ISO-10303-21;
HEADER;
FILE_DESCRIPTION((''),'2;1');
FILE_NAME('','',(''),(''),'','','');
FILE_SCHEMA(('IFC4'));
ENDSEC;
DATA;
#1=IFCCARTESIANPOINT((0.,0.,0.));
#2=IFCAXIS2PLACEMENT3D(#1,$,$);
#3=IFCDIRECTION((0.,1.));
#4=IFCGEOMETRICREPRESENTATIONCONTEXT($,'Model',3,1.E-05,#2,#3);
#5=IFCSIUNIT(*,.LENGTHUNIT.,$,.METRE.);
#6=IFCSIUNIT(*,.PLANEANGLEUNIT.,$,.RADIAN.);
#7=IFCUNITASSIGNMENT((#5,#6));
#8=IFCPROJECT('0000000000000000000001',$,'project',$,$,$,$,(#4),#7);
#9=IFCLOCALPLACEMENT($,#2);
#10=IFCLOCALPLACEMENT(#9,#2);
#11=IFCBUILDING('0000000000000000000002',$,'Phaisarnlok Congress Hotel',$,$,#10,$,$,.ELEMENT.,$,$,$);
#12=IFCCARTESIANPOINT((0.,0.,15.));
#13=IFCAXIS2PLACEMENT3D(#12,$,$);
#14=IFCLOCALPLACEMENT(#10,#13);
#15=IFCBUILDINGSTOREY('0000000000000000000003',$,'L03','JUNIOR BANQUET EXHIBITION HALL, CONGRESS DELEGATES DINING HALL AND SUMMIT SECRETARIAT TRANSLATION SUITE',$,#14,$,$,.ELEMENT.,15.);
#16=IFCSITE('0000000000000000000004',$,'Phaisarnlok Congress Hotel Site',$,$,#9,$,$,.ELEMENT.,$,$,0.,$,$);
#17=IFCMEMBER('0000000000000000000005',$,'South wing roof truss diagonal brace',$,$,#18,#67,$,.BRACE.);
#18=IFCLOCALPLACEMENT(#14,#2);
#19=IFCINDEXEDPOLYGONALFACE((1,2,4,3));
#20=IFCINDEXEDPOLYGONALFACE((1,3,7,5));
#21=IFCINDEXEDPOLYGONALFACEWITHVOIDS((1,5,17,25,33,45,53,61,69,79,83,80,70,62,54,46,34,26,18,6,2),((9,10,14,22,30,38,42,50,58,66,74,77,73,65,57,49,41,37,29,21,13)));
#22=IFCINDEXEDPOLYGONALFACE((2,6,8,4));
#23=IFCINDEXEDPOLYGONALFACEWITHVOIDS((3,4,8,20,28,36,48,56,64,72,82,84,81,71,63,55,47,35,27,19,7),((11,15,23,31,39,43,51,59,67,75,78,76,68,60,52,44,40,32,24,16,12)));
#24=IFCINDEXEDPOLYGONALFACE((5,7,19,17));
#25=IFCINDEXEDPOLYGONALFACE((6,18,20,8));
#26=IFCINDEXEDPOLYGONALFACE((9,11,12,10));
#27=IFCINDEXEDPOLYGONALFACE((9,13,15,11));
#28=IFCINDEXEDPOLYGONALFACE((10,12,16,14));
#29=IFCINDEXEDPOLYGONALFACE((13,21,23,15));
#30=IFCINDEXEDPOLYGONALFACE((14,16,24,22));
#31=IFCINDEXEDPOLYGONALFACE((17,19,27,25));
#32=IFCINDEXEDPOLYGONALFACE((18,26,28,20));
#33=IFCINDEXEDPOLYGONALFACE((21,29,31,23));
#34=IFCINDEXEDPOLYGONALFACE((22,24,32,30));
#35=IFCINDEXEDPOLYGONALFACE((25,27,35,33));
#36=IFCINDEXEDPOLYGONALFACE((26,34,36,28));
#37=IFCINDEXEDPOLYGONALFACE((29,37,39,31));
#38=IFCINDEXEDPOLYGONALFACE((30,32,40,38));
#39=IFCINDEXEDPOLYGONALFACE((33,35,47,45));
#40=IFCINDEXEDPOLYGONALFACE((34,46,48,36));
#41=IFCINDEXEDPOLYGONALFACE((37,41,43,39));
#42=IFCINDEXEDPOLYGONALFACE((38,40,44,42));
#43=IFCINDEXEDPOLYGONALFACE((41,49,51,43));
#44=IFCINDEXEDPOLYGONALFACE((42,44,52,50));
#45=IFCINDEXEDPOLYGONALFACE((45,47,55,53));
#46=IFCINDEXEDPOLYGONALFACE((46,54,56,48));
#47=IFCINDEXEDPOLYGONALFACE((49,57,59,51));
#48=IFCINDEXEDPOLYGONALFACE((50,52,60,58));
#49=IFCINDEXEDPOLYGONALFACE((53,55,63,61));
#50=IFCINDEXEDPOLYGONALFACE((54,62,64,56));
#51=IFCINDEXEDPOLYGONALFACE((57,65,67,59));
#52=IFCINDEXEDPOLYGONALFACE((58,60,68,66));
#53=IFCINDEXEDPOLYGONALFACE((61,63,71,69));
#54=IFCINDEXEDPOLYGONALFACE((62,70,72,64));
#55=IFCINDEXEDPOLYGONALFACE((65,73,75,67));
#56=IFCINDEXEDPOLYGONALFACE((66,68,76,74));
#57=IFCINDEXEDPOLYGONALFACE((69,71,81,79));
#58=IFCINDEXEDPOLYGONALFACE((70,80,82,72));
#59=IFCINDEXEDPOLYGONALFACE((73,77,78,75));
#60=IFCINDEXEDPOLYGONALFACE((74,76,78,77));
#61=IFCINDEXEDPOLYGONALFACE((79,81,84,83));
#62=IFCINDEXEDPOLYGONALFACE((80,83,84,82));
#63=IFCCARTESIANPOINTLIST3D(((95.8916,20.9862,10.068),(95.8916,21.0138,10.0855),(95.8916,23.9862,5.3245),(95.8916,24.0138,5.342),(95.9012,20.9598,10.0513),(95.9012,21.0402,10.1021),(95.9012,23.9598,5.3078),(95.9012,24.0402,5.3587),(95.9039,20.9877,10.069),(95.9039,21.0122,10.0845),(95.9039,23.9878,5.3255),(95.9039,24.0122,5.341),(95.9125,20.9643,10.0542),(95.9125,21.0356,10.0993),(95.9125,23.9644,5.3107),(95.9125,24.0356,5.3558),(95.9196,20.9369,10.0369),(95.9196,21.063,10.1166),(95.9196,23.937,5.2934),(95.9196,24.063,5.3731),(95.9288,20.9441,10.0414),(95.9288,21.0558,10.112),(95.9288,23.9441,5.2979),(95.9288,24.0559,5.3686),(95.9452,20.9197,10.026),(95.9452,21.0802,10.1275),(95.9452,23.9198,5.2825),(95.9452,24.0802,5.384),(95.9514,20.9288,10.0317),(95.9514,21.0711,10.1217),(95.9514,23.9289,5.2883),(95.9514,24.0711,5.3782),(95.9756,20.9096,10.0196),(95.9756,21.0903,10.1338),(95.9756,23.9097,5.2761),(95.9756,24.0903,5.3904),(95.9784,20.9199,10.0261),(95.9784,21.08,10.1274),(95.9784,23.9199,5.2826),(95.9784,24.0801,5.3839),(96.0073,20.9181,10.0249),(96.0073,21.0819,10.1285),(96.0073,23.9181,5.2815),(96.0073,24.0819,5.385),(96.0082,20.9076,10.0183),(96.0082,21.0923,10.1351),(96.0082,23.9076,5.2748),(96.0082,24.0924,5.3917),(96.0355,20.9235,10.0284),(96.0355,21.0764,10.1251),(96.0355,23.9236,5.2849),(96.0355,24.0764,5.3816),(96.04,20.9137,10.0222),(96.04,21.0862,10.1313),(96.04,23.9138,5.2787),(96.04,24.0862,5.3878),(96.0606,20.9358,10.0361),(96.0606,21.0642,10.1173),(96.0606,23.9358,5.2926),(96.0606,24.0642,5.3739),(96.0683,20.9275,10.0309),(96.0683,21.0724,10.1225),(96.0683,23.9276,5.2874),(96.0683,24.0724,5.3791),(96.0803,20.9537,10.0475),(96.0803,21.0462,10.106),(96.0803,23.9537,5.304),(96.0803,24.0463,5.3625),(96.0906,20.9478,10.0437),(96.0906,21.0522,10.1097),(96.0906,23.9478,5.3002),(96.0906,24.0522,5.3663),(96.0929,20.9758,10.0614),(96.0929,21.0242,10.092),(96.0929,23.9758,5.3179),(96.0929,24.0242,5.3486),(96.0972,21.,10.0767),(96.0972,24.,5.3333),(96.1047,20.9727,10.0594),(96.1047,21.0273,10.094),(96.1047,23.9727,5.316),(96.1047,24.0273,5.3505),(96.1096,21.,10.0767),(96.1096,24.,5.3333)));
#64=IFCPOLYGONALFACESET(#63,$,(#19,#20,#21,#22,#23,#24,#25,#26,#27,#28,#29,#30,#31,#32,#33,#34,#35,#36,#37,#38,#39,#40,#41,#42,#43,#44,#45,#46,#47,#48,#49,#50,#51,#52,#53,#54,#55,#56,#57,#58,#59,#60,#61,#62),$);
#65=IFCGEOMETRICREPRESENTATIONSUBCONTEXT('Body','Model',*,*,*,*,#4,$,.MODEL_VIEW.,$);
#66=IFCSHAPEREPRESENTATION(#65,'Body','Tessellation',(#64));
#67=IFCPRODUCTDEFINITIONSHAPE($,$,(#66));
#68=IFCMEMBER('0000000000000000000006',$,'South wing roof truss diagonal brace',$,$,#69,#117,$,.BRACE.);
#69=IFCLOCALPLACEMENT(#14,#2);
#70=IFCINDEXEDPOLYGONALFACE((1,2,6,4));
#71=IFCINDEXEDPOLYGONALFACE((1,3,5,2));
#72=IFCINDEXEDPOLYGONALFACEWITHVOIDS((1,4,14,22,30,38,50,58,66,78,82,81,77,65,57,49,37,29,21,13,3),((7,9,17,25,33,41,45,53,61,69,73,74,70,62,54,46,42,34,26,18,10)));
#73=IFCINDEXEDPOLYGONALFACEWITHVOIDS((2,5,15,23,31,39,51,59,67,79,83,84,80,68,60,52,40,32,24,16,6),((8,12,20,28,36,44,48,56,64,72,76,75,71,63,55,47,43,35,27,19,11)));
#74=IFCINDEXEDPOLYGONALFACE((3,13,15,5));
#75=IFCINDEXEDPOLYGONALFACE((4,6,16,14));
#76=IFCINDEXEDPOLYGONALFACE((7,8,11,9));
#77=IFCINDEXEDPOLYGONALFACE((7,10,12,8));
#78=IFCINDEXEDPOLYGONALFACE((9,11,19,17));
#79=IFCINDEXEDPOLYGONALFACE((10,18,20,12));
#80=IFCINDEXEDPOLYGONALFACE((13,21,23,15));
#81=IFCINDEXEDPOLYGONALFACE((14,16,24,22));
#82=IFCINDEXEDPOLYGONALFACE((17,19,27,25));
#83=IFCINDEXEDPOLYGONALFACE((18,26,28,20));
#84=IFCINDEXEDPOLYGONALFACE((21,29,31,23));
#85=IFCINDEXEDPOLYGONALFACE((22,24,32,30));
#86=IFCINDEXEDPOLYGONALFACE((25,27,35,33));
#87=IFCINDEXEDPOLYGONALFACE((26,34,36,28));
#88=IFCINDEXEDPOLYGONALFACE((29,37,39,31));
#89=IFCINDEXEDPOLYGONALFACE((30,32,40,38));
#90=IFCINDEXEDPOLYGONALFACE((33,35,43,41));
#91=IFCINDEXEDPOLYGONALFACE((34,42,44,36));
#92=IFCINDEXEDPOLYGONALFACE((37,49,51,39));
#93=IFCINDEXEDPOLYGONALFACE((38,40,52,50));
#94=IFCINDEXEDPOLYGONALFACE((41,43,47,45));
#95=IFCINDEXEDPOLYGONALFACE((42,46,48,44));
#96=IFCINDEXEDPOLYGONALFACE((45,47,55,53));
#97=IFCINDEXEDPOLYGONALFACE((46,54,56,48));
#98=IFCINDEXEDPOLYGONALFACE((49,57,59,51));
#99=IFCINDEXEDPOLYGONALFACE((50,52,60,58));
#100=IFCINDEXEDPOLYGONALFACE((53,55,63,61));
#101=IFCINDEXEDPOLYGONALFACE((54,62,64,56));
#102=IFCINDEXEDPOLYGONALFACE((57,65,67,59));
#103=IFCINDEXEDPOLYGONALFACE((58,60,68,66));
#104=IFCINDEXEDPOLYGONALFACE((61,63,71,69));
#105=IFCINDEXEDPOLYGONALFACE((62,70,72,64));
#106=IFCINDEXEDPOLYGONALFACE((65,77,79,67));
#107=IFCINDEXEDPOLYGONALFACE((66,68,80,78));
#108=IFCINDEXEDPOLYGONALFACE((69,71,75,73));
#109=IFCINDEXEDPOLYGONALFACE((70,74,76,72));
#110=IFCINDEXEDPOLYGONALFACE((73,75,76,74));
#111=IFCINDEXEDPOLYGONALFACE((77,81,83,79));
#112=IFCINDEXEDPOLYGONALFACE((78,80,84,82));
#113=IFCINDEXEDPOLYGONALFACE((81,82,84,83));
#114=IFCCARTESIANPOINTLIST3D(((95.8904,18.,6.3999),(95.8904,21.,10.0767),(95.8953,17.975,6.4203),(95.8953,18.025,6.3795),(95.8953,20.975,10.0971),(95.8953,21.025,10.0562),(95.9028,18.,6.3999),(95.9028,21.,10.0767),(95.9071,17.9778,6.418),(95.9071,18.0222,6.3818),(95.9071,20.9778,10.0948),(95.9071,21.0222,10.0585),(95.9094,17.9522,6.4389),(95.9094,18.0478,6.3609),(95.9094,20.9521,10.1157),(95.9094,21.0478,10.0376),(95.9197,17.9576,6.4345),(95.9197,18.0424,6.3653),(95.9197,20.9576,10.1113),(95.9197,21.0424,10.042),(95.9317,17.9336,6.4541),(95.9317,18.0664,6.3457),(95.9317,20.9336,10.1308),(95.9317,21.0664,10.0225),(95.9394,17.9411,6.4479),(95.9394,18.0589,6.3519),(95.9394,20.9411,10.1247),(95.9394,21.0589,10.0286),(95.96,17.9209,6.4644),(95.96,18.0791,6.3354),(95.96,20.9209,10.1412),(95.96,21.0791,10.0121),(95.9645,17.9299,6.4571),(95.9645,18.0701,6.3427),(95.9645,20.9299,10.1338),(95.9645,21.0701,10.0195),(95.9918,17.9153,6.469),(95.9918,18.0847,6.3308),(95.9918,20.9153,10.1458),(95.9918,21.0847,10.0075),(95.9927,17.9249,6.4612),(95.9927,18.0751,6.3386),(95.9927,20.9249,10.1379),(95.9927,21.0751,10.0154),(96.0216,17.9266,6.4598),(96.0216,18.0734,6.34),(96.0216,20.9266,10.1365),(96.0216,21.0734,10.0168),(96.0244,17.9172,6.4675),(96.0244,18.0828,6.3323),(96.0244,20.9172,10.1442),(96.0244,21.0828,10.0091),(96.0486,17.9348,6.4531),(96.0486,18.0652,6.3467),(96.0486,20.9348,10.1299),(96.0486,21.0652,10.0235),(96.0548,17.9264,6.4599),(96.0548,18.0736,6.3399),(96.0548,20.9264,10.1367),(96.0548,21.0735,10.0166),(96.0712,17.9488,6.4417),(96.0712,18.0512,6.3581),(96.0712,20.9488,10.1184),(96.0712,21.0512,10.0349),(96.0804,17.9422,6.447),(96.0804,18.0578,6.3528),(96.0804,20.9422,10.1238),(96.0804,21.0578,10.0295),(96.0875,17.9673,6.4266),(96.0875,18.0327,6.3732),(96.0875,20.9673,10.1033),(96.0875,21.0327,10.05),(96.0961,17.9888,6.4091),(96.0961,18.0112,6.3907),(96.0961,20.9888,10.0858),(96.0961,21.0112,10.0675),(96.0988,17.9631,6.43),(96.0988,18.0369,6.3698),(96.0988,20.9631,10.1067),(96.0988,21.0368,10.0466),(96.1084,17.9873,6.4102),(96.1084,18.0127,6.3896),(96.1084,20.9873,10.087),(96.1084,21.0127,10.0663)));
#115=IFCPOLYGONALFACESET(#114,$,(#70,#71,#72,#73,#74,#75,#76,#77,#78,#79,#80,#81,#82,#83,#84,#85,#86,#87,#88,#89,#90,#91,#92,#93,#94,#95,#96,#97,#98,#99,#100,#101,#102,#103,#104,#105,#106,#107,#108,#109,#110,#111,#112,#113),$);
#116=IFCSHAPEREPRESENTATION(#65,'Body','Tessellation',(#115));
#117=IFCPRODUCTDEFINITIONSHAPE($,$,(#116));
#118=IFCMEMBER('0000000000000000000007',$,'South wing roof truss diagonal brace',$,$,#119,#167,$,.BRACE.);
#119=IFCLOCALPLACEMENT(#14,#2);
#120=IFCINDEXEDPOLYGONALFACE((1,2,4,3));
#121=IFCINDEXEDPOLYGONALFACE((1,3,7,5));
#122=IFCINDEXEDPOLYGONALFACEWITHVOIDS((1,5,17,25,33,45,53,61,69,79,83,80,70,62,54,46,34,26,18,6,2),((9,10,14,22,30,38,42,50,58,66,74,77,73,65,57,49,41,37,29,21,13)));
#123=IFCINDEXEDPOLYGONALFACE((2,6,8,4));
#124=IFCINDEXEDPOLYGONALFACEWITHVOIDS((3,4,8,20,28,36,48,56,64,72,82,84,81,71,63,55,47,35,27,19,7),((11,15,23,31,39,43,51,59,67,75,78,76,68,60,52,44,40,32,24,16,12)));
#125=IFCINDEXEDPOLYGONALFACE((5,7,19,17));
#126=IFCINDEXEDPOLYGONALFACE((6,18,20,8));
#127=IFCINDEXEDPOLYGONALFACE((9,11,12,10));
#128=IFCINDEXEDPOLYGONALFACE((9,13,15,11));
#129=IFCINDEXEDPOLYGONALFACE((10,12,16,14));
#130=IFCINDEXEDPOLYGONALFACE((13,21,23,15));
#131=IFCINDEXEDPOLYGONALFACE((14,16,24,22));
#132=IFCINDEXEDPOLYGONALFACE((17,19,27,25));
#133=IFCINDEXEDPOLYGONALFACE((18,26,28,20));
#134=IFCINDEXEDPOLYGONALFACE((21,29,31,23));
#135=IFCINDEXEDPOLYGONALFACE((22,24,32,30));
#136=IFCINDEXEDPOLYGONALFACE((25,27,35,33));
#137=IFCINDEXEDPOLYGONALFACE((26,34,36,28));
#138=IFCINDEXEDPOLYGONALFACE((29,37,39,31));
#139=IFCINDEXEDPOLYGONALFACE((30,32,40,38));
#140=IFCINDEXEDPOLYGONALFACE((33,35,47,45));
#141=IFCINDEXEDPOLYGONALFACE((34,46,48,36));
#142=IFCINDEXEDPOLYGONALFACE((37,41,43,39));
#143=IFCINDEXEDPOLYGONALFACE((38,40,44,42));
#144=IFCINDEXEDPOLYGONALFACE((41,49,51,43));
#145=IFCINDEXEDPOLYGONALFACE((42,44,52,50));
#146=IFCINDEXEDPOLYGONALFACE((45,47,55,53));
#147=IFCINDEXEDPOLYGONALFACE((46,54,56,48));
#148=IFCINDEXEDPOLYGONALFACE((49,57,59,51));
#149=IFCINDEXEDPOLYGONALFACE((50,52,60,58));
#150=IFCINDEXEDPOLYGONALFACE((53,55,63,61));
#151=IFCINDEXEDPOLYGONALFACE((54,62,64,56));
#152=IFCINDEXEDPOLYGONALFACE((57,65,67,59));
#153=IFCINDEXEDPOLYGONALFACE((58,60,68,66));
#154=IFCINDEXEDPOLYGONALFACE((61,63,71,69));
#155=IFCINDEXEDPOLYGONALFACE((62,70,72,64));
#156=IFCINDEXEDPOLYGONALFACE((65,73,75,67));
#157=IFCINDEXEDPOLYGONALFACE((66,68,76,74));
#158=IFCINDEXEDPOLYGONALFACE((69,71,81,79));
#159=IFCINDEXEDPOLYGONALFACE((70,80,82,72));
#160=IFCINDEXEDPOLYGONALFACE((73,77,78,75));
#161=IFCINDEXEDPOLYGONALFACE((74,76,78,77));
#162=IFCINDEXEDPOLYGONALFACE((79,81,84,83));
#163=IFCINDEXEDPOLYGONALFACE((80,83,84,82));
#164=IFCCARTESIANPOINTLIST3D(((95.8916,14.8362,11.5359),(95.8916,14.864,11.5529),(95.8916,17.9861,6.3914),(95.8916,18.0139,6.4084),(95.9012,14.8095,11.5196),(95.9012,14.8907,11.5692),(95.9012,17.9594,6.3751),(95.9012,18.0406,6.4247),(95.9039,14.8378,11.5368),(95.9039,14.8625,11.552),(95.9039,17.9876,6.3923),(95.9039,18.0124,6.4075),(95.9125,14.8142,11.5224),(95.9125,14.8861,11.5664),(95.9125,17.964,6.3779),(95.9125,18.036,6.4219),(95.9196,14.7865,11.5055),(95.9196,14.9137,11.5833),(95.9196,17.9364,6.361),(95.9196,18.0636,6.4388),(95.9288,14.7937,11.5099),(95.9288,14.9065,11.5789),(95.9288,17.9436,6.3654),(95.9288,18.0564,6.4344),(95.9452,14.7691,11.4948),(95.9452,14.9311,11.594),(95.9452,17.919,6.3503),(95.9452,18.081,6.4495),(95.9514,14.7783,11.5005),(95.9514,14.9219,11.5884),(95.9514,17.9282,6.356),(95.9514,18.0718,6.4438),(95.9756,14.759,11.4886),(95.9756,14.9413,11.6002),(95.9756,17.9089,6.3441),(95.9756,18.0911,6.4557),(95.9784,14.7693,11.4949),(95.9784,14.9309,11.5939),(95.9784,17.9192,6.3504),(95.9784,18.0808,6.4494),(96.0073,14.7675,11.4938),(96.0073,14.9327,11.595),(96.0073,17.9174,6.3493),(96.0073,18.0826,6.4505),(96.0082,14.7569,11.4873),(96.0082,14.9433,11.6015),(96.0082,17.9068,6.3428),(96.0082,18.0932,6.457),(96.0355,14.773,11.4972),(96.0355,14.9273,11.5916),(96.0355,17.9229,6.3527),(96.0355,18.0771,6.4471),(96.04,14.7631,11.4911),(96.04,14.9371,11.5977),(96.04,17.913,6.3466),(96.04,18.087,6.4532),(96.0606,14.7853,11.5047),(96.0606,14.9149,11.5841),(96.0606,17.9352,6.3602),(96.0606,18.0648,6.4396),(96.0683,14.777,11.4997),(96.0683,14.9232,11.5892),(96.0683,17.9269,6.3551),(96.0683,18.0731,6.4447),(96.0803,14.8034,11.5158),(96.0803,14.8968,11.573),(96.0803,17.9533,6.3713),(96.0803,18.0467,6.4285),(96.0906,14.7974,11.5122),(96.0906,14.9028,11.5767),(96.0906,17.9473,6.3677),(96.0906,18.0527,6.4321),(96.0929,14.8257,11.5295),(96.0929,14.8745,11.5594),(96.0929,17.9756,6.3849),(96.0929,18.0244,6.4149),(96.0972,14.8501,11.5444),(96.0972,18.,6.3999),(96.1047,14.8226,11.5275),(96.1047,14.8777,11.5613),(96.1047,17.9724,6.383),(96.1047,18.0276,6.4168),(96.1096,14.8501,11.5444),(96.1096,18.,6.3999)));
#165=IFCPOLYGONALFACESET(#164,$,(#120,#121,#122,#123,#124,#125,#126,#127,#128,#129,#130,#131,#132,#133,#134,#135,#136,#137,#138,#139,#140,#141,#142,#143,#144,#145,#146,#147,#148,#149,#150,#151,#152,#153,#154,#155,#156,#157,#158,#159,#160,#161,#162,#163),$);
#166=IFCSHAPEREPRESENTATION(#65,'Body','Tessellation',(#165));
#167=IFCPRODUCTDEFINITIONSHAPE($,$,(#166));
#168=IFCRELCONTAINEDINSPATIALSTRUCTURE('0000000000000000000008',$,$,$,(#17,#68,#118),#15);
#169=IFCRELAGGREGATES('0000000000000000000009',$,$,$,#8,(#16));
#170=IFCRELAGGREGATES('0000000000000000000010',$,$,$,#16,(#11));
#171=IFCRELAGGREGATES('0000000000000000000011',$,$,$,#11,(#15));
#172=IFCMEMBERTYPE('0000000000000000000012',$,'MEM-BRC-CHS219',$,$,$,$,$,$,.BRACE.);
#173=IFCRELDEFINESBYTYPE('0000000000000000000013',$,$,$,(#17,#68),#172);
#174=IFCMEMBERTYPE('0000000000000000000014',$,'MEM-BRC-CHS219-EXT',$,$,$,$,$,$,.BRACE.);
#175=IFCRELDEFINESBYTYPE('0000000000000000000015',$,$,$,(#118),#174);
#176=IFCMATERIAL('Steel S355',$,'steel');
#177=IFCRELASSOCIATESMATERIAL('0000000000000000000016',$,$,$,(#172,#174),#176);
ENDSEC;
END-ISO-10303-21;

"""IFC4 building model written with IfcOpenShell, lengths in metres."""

from ifc_helpers import new_model, si_unit, direction, frame, origin, origin_2d, place, context, subcontext, project, spatial, hollow_circle, extrude, material, material_profile, profile_set, type_object, element, save


model = new_model("IFC4")

# Units and contexts
model_context = context("Model", 3, precision=1e-05, world=origin(), true_north=direction((0.0, 1.0)))
body_context = subcontext(model_context, "Body", "Model", "MODEL_VIEW")
ifc_project = project(units=[si_unit("LENGTHUNIT", "METRE"), si_unit("PLANEANGLEUNIT", "RADIAN")], contexts=[model_context])

# Site, building, storey
site_placement = place(None, origin())
site = spatial("IfcSite", under=ifc_project, at=site_placement, Name="Phaisarnlok Congress Hotel Site", CompositionType="ELEMENT", RefElevation=0.0)
building_placement = place(site_placement, origin())
building = spatial("IfcBuilding", under=site, at=building_placement, Name="Phaisarnlok Congress Hotel", CompositionType="ELEMENT")
storey_placement = place(building_placement, frame((0.0, 0.0, 15.0)))
storey = spatial("IfcBuildingStorey", under=building, at=storey_placement, Name="L03", Description="JUNIOR BANQUET EXHIBITION HALL, CONGRESS DELEGATES DINING HALL AND SUMMIT SECRETARIAT TRANSLATION SUITE", CompositionType="ELEMENT", Elevation=15.0)

# Shared definitions
ifc_material_1 = material(Name="Steel S355", Category="steel")

# Members
ifc_material_profile_1 = material_profile(ifc_material_1, hollow_circle(Radius=0.1096, WallThickness=0.0125, at=origin_2d()), Name="CHS 219.1x12.5")
ifc_profile_set_1 = profile_set([ifc_material_profile_1], Name="Steel S355")
member_type_1 = type_object("IfcMemberType", Name="MEM-BRC-CHS219", PredefinedType="BRACE", material=ifc_profile_set_1)
member_1_placement = place(storey_placement, frame((96.0, 24.0, 5.3333), z_axis=(0.0, -0.534523, 0.845154), x_axis=(1.0, 0.0, 0.0)))
element("IfcMember", 1, at=member_1_placement, inside=storey, type_object=member_type_1, Name="South wing roof truss diagonal brace", PredefinedType="BRACE", context=body_context, shape_type="SweptSolid", body=[
    extrude(hollow_circle(Radius=0.1096, WallThickness=0.0125, at=origin_2d()), origin(), (0.0, 0.0, 1.0), 5.6125),
])
member_2_placement = place(storey_placement, frame((96.0, 18.0, 6.3999), z_axis=(0.0, 0.632195, 0.774809), x_axis=(-1.0, 0.0, 0.0)))
element("IfcMember", 2, at=member_2_placement, inside=storey, type_object=member_type_1, Name="South wing roof truss diagonal brace", PredefinedType="BRACE", context=body_context, shape_type="SweptSolid", body=[
    extrude(hollow_circle(Radius=0.1096, WallThickness=0.0125, at=origin_2d()), origin(), (0.0, 0.0, 1.0), 4.7454),
])
ifc_material_profile_2 = material_profile(ifc_material_1, hollow_circle(Radius=0.1096, WallThickness=0.0125, at=origin_2d()), Name="CHS 219.1x12.5")
ifc_profile_set_2 = profile_set([ifc_material_profile_2], Name="Steel S355")
member_type_2 = type_object("IfcMemberType", Name="MEM-BRC-CHS219-EXT", PredefinedType="BRACE", material=ifc_profile_set_2)
member_3_placement = place(storey_placement, frame((96.0, 18.0, 6.3999), z_axis=(0.0, -0.522177, 0.852837), x_axis=(1.0, 0.0, 0.0)))
element("IfcMember", 3, at=member_3_placement, inside=storey, type_object=member_type_2, Name="South wing roof truss diagonal brace", PredefinedType="BRACE", context=body_context, shape_type="SweptSolid", body=[
    extrude(hollow_circle(Radius=0.1096, WallThickness=0.0125, at=origin_2d()), origin(), (0.0, 0.0, 1.0), 6.0322),
])

save(model, "model.ifc")
